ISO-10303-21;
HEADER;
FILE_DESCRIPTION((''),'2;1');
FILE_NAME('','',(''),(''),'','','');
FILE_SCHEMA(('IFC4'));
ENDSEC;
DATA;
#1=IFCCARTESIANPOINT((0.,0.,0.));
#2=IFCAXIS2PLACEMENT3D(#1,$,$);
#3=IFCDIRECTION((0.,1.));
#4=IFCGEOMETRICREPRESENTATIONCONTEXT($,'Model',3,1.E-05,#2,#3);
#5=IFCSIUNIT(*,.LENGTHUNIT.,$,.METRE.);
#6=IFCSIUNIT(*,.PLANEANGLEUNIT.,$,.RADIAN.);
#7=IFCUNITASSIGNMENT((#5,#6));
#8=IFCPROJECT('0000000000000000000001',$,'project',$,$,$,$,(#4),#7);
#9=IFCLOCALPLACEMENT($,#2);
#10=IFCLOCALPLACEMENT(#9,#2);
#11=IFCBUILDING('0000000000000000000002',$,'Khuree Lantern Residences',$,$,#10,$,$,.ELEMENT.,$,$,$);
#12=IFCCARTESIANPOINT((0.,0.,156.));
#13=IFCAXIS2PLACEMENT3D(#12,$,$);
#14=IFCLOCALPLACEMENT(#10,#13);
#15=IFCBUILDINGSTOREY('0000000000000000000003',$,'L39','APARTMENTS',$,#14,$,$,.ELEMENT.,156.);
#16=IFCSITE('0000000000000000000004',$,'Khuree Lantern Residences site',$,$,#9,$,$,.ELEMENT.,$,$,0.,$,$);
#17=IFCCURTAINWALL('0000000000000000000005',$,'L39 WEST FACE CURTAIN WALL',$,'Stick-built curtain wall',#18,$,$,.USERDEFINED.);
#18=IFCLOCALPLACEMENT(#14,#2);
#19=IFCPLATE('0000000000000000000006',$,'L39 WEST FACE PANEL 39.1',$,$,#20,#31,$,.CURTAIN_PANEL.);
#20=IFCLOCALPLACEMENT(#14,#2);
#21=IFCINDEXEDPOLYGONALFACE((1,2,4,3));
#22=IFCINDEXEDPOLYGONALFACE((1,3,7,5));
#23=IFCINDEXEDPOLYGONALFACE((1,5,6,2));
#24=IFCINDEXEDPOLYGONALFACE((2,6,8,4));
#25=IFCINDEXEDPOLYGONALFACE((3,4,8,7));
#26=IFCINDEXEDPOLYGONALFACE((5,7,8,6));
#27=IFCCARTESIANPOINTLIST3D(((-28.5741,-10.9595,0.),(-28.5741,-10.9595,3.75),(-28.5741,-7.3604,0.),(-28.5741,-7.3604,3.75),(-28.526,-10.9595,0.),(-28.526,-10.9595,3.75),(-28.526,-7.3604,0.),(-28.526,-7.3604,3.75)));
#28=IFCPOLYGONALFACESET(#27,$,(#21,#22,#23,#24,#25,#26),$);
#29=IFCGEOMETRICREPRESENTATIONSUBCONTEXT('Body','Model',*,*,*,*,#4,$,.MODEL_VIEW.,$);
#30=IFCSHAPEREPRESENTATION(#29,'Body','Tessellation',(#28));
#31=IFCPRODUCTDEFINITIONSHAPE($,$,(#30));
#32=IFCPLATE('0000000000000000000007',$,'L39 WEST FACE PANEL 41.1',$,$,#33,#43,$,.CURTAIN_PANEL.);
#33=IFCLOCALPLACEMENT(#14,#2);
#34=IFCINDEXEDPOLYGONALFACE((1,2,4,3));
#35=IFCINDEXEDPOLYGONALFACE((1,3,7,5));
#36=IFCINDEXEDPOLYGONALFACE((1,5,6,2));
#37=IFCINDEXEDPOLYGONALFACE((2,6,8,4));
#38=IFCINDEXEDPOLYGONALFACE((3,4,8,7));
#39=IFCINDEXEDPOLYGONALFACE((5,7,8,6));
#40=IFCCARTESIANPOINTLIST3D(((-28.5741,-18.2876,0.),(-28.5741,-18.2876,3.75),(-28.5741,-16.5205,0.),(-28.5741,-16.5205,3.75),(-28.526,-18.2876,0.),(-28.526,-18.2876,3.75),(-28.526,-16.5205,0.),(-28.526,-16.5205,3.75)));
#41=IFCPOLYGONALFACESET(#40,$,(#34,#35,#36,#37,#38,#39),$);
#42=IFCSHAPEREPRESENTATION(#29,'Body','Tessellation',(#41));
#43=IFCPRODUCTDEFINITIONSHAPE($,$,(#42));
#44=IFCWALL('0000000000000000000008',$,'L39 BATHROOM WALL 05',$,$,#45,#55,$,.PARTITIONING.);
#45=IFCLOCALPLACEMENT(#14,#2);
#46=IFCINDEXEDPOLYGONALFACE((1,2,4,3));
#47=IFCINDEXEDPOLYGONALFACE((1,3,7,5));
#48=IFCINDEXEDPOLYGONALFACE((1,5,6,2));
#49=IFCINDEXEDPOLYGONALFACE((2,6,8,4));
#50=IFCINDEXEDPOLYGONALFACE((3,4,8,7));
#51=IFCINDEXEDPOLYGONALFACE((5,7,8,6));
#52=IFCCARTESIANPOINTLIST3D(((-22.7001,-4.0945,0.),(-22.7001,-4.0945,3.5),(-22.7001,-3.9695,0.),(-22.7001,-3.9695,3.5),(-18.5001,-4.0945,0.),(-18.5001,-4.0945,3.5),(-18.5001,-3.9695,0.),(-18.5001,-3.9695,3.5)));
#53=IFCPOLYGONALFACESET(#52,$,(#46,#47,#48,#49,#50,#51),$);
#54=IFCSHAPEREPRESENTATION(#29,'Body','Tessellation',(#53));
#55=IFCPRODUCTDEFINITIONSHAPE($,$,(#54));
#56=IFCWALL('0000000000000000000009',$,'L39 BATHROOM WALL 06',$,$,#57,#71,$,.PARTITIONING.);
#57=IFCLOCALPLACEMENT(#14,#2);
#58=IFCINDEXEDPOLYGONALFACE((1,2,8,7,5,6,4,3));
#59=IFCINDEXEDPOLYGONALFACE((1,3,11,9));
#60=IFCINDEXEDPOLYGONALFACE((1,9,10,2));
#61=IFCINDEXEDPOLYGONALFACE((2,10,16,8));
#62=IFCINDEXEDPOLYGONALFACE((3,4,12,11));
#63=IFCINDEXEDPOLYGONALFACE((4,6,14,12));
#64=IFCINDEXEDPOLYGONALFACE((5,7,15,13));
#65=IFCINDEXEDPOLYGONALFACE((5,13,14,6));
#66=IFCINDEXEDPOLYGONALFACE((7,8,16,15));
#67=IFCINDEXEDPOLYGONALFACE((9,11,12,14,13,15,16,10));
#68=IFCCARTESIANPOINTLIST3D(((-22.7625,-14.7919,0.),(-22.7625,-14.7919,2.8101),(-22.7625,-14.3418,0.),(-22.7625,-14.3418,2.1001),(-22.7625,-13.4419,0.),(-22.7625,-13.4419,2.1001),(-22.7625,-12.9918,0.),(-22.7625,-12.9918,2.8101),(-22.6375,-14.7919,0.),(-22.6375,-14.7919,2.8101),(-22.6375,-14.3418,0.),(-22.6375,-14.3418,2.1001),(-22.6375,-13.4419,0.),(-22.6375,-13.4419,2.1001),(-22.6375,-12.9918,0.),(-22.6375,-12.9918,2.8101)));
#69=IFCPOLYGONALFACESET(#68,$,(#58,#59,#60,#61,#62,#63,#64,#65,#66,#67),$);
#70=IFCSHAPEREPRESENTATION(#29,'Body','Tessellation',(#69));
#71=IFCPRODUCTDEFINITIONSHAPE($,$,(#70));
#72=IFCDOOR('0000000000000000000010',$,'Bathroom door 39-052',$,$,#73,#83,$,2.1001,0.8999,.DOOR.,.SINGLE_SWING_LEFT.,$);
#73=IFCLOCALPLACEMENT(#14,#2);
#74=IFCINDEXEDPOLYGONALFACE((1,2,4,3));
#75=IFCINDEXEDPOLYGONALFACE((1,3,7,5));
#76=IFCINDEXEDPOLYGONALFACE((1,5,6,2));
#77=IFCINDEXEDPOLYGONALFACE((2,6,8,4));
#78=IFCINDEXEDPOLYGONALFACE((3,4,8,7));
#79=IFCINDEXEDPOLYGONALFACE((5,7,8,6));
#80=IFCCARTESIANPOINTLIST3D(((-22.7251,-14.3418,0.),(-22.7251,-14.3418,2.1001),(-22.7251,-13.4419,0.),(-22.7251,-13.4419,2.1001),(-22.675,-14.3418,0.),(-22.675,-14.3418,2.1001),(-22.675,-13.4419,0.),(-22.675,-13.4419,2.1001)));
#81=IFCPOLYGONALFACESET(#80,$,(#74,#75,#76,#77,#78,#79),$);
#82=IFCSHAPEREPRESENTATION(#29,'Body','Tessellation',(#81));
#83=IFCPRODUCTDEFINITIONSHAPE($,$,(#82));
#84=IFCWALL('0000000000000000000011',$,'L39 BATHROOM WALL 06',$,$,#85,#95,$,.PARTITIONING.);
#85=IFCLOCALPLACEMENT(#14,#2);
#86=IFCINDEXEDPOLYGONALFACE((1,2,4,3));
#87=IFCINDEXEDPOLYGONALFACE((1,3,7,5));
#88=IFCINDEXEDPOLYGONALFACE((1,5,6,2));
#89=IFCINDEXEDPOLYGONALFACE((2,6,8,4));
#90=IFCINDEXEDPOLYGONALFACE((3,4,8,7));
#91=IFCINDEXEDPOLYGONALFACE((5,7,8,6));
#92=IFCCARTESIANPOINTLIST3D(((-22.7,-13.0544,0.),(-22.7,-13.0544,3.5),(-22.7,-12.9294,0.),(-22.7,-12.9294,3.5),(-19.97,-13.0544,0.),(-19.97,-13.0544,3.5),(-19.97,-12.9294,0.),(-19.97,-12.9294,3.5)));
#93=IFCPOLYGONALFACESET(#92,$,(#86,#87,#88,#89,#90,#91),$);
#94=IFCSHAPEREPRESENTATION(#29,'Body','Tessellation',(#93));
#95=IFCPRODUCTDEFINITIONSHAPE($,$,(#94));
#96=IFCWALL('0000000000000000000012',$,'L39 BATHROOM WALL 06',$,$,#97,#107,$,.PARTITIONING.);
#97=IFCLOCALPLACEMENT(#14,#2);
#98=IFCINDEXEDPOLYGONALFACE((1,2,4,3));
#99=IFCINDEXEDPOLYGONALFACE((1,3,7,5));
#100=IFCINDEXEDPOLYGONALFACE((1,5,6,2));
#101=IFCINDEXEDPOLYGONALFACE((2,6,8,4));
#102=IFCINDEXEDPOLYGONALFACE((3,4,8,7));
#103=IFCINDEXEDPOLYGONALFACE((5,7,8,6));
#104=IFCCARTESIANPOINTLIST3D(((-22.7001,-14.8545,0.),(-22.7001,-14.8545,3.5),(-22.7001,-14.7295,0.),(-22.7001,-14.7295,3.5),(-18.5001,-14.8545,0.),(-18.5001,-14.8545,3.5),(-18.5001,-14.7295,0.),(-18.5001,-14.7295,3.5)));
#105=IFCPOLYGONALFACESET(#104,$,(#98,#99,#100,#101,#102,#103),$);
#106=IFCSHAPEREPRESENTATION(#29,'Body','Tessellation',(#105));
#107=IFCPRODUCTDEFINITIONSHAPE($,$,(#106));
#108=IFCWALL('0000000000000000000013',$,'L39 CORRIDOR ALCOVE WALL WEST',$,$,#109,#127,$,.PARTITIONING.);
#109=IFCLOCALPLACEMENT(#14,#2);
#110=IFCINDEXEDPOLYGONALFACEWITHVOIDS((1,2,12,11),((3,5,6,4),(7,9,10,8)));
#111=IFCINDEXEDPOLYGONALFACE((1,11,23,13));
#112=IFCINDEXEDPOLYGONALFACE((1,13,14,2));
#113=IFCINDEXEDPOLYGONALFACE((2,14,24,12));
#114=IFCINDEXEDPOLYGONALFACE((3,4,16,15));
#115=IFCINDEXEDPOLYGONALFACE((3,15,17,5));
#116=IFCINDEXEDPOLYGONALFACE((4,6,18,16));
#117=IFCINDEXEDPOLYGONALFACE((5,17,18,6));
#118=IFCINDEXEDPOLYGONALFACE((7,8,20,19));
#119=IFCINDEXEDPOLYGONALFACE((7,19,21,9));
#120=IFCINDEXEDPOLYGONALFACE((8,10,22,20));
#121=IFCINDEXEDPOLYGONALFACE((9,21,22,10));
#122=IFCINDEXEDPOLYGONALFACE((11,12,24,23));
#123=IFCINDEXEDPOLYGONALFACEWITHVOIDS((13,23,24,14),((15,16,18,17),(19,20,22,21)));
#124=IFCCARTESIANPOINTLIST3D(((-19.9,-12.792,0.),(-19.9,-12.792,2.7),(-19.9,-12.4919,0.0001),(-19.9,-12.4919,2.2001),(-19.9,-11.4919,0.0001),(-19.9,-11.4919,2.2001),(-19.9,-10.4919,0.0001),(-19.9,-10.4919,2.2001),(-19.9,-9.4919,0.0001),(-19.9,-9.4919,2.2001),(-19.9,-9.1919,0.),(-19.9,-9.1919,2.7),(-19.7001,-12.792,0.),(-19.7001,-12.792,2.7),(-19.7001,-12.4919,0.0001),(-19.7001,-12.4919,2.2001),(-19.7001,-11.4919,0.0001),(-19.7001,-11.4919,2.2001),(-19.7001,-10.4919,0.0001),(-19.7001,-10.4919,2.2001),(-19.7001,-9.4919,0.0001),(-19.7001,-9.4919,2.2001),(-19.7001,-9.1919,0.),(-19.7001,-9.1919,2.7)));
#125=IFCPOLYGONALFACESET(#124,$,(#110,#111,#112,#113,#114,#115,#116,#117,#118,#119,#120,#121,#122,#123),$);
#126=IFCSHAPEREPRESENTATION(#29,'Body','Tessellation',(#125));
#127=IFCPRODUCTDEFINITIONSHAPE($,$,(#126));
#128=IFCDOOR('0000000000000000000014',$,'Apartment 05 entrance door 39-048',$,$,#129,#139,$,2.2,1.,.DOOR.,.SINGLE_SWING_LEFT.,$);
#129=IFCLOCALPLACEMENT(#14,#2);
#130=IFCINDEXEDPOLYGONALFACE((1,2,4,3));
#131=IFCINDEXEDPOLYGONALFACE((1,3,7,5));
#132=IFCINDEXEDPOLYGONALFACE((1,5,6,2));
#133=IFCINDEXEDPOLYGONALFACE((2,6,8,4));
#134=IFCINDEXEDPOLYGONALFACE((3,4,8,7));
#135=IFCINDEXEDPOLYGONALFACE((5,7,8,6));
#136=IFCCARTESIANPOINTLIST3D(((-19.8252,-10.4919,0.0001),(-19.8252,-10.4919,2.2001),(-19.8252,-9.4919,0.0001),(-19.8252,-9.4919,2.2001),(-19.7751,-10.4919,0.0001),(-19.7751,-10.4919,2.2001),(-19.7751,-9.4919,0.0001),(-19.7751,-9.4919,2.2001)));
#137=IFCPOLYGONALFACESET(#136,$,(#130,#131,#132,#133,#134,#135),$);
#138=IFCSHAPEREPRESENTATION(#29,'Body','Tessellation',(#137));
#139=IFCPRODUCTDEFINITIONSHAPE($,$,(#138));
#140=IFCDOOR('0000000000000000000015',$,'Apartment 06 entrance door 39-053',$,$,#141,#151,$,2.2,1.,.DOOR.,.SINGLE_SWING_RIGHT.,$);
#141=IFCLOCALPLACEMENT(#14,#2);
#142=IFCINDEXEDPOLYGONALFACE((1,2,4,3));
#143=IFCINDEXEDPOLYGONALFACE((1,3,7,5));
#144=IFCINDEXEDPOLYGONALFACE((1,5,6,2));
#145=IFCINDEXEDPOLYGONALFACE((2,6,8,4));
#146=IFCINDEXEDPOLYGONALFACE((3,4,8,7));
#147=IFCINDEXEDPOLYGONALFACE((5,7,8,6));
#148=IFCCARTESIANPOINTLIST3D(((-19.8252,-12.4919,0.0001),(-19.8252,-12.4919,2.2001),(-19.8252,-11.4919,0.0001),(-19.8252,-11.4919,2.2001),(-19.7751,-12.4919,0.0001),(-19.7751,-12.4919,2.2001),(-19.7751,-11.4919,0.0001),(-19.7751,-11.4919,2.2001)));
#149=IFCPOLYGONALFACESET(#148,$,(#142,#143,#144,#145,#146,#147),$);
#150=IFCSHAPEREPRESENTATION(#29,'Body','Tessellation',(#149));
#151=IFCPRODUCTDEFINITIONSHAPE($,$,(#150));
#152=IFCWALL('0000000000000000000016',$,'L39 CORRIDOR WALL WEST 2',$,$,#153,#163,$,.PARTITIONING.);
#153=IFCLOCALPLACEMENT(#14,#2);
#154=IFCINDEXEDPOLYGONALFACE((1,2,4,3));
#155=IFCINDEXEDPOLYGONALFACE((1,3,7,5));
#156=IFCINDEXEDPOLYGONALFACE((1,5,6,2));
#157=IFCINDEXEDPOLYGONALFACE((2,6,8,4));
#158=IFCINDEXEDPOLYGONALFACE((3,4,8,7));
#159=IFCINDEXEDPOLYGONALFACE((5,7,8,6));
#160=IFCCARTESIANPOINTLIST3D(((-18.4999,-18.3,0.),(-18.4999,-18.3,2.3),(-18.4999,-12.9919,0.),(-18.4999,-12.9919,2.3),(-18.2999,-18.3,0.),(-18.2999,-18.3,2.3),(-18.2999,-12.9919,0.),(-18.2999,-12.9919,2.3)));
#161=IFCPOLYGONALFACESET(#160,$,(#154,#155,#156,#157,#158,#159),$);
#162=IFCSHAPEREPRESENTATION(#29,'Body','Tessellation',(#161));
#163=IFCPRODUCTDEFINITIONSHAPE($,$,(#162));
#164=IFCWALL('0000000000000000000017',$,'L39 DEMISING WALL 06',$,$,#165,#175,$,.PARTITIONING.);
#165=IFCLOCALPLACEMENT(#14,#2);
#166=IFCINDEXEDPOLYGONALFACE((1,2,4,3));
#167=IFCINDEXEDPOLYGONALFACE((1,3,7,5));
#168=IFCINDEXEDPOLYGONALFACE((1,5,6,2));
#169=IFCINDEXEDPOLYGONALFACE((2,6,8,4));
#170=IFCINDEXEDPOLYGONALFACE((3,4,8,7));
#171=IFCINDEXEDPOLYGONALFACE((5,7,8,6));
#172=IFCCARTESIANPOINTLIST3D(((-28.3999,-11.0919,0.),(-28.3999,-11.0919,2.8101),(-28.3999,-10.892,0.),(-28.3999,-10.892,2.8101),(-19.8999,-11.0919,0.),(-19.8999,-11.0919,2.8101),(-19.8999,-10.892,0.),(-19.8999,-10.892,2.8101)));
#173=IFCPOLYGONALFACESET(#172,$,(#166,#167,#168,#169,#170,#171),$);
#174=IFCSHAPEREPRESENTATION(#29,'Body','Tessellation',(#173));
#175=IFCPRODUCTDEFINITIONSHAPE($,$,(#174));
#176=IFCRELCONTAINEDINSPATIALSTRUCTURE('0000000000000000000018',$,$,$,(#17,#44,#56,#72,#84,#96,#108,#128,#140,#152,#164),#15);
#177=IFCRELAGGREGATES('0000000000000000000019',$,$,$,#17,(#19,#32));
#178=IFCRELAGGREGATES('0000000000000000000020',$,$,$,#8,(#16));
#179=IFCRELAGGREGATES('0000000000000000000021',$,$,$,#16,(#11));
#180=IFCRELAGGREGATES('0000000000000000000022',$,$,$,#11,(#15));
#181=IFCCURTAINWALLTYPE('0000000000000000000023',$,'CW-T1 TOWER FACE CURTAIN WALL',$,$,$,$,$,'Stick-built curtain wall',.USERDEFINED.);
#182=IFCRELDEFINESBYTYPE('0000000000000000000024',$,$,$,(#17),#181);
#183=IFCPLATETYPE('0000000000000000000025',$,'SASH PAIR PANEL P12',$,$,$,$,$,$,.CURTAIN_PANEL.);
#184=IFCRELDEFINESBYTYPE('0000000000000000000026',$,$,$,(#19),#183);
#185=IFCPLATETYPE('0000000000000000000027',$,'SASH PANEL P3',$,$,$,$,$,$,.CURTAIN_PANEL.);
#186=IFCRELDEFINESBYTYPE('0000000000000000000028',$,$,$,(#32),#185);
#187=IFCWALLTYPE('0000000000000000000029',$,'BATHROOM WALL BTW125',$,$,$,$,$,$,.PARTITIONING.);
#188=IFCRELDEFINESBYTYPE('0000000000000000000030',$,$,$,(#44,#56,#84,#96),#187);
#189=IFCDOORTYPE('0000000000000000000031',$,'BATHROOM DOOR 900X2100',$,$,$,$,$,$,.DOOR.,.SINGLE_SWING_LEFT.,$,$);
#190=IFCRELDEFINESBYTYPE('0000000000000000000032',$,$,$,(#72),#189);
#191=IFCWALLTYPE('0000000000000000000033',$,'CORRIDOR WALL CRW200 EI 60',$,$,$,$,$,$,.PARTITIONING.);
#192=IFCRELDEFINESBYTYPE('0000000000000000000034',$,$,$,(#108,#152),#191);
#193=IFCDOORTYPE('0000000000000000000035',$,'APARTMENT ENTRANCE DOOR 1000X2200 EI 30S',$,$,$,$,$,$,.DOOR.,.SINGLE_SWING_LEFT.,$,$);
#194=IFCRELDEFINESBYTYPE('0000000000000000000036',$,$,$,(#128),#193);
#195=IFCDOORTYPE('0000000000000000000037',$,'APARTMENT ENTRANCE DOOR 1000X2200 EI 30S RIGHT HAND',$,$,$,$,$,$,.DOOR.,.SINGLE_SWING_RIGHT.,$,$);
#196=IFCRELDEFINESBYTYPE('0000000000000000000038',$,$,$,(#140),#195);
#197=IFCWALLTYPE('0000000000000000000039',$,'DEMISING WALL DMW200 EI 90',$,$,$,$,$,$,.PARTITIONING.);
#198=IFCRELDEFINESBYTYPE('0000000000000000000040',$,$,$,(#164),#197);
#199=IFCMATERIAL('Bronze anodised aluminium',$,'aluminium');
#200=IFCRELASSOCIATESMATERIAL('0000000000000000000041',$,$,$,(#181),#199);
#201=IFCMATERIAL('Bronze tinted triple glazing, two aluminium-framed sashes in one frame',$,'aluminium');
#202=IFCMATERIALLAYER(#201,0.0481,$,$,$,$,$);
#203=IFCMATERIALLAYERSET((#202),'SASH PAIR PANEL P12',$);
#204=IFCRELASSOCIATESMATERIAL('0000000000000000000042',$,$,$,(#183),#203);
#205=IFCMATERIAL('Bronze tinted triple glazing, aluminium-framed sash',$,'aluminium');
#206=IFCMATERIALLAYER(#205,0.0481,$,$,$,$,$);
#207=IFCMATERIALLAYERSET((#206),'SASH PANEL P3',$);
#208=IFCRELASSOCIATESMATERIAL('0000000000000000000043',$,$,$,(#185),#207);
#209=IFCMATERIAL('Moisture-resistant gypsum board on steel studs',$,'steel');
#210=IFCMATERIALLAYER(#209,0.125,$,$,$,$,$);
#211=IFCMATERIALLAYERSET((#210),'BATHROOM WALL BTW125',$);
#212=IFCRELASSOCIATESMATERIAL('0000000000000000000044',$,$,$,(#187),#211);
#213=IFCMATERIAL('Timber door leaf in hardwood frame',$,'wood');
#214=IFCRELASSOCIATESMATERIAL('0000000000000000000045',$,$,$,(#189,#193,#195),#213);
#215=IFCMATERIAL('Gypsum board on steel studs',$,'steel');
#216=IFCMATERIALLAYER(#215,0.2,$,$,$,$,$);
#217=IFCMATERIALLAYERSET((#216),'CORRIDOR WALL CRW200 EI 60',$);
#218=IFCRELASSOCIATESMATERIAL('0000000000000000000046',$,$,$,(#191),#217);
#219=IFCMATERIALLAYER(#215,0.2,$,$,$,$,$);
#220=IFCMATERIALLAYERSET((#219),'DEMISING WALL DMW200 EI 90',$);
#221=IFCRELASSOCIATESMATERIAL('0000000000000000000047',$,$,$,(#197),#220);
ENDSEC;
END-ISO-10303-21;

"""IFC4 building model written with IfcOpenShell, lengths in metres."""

from ifc_helpers import new_model, si_unit, direction, frame, frame_2d, origin, origin_2d, place, context, subcontext, project, spatial, rectangle, extrude, material, layer, layer_set, type_object, element, fill, aggregate, save


model = new_model("IFC4")

# Units and contexts
model_context = context("Model", 3, precision=1e-05, world=origin(), true_north=direction((0.0, 1.0)))
body_context = subcontext(model_context, "Body", "Model", "MODEL_VIEW")
ifc_project = project(units=[si_unit("LENGTHUNIT", "METRE"), si_unit("PLANEANGLEUNIT", "RADIAN")], contexts=[model_context])

# Site, building, storey
site_placement = place(None, origin())
site = spatial("IfcSite", under=ifc_project, at=site_placement, Name="Khuree Lantern Residences site", CompositionType="ELEMENT", RefElevation=0.0)
building_placement = place(site_placement, origin())
building = spatial("IfcBuilding", under=site, at=building_placement, Name="Khuree Lantern Residences", CompositionType="ELEMENT")
storey_placement = place(building_placement, frame((0.0, 0.0, 156.0)))
storey = spatial("IfcBuildingStorey", under=building, at=storey_placement, Name="L39", Description="APARTMENTS", CompositionType="ELEMENT", Elevation=156.0)

# Curtain wall
ifc_material_1 = material(Name="Bronze anodised aluminium", Category="aluminium")
curtain_wall_type = type_object("IfcCurtainWallType", Name="CW-T1 TOWER FACE CURTAIN WALL", ElementType="Stick-built curtain wall", PredefinedType="USERDEFINED", material=ifc_material_1)
curtain_wall_placement = place(storey_placement, origin())
curtain_wall = element("IfcCurtainWall", 1, at=curtain_wall_placement, inside=storey, type_object=curtain_wall_type, Name="L39 WEST FACE CURTAIN WALL", ObjectType="Stick-built curtain wall", PredefinedType="USERDEFINED")

# Plates
ifc_material_2 = material(Name="Bronze tinted triple glazing, two aluminium-framed sashes in one frame", Category="aluminium")
ifc_layer_1 = layer(ifc_material_2, 0.0481)
ifc_layer_set_1 = layer_set([ifc_layer_1], Name="SASH PAIR PANEL P12")
plate_type_1 = type_object("IfcPlateType", Name="SASH PAIR PANEL P12", PredefinedType="CURTAIN_PANEL", material=ifc_layer_set_1)
plate_1_placement = place(storey_placement, frame((-28.55, -9.1599, 0.0), z_axis=(0.0, 0.0, 1.0), x_axis=(0.0, -1.0, 0.0)))
plate_1 = element("IfcPlate", 2, at=plate_1_placement, type_object=plate_type_1, Name="L39 WEST FACE PANEL 39.1", PredefinedType="CURTAIN_PANEL", context=body_context, shape_type="SweptSolid", body=[
    extrude(rectangle(XDim=3.5991, YDim=0.0481, at=origin_2d()), origin(), (0.0, 0.0, 1.0), 3.75),
])
ifc_material_3 = material(Name="Bronze tinted triple glazing, aluminium-framed sash", Category="aluminium")
ifc_layer_2 = layer(ifc_material_3, 0.0481)
ifc_layer_set_2 = layer_set([ifc_layer_2], Name="SASH PANEL P3")
plate_type_2 = type_object("IfcPlateType", Name="SASH PANEL P3", PredefinedType="CURTAIN_PANEL", material=ifc_layer_set_2)
plate_2_placement = place(storey_placement, frame((-28.55, -17.4041, 0.0), z_axis=(0.0, 0.0, 1.0), x_axis=(0.0, -1.0, 0.0)))
plate_2 = element("IfcPlate", 3, at=plate_2_placement, type_object=plate_type_2, Name="L39 WEST FACE PANEL 41.1", PredefinedType="CURTAIN_PANEL", context=body_context, shape_type="SweptSolid", body=[
    extrude(rectangle(XDim=1.7671, YDim=0.0481, at=origin_2d()), origin(), (0.0, 0.0, 1.0), 3.75),
])
aggregate(curtain_wall, [plate_1, plate_2])

# Wall
ifc_material_4 = material(Name="Moisture-resistant gypsum board on steel studs", Category="steel")
ifc_layer_3 = layer(ifc_material_4, 0.125)
ifc_layer_set_3 = layer_set([ifc_layer_3], Name="BATHROOM WALL BTW125")
wall_type_1 = type_object("IfcWallType", Name="BATHROOM WALL BTW125", PredefinedType="PARTITIONING", material=ifc_layer_set_3)
wall_1_placement = place(storey_placement, frame((-18.5, -4.032, 0.0), z_axis=(0.0, 0.0, 1.0), x_axis=(-1.0, 0.0, 0.0)))
element("IfcWall", 4, at=wall_1_placement, inside=storey, type_object=wall_type_1, Name="L39 BATHROOM WALL 05", PredefinedType="PARTITIONING", context=body_context, shape_type="SweptSolid", body=[
    extrude(rectangle(XDim=4.2, YDim=0.125, at=frame_2d((2.1001, 0.0))), origin(), (0.0, 0.0, 1.0), 3.5),
])

# Wall, opening, door
wall_2_placement = place(storey_placement, frame((-22.7, -12.9919, 0.0), z_axis=(0.0, 0.0, 1.0), x_axis=(0.0, -1.0, 0.0)))
wall_2 = element("IfcWall", 5, at=wall_2_placement, inside=storey, type_object=wall_type_1, Name="L39 BATHROOM WALL 06", PredefinedType="PARTITIONING", context=body_context, shape_type="SweptSolid", body=[
    extrude(rectangle(XDim=1.8, YDim=0.125, at=frame_2d((0.8999, 0.0))), origin(), (0.0, 0.0, 1.0), 2.8101),
])
opening_1_placement = place(wall_2_placement, frame((0.45, 0.0, 0.0)))
opening_1 = element("IfcOpeningElement", 6, at=opening_1_placement, cuts=wall_2, PredefinedType="OPENING", context=body_context, shape_type="SweptSolid", body=[
    extrude(rectangle(XDim=0.8999, YDim=2.1001, at=frame_2d((0.45, 1.05))), frame((0.0, 0.0725, 0.0), z_axis=(0.0, -1.0, 0.0), x_axis=(1.0, 0.0, 0.0)), (0.0, 0.0, 1.0), 0.145),
])
ifc_material_5 = material(Name="Timber door leaf in hardwood frame", Category="wood")
door_type_1 = type_object("IfcDoorType", Name="BATHROOM DOOR 900X2100", OperationType="SINGLE_SWING_LEFT", PredefinedType="DOOR", material=ifc_material_5)
door_1_placement = place(opening_1_placement, origin())
door_1 = element("IfcDoor", 7, at=door_1_placement, inside=storey, type_object=door_type_1, Name="Bathroom door 39-052", OperationType="SINGLE_SWING_LEFT", OverallHeight=2.1001, OverallWidth=0.8999, PredefinedType="DOOR", context=body_context, shape_type="SweptSolid", body=[
    extrude(rectangle(XDim=0.8999, YDim=2.1001, at=frame_2d((0.45, 1.05))), frame((0.0, 0.0249, 0.0), z_axis=(0.0, -1.0, 0.0), x_axis=(1.0, 0.0, 0.0)), (0.0, 0.0, 1.0), 0.05),
])
fill(opening_1, door_1)

# Walls
wall_3_placement = place(storey_placement, frame((-19.97, -12.9919, 0.0), z_axis=(0.0, 0.0, 1.0), x_axis=(-1.0, 0.0, 0.0)))
element("IfcWall", 8, at=wall_3_placement, inside=storey, type_object=wall_type_1, Name="L39 BATHROOM WALL 06", PredefinedType="PARTITIONING", context=body_context, shape_type="SweptSolid", body=[
    extrude(rectangle(XDim=2.73, YDim=0.125, at=frame_2d((1.365, 0.0))), origin(), (0.0, 0.0, 1.0), 3.5),
])
wall_4_placement = place(storey_placement, frame((-18.5, -14.792, 0.0), z_axis=(0.0, 0.0, 1.0), x_axis=(-1.0, 0.0, 0.0)))
element("IfcWall", 9, at=wall_4_placement, inside=storey, type_object=wall_type_1, Name="L39 BATHROOM WALL 06", PredefinedType="PARTITIONING", context=body_context, shape_type="SweptSolid", body=[
    extrude(rectangle(XDim=4.2, YDim=0.125, at=frame_2d((2.1001, 0.0))), origin(), (0.0, 0.0, 1.0), 3.5),
])

# Wall, openings, doors
ifc_material_6 = material(Name="Gypsum board on steel studs", Category="steel")
ifc_layer_4 = layer(ifc_material_6, 0.2)
ifc_layer_set_4 = layer_set([ifc_layer_4], Name="CORRIDOR WALL CRW200 EI 60")
wall_type_2 = type_object("IfcWallType", Name="CORRIDOR WALL CRW200 EI 60", PredefinedType="PARTITIONING", material=ifc_layer_set_4)
wall_5_placement = place(storey_placement, frame((-19.8, -9.1919, 0.0), z_axis=(0.0, 0.0, 1.0), x_axis=(0.0, -1.0, 0.0)))
wall_5 = element("IfcWall", 10, at=wall_5_placement, inside=storey, type_object=wall_type_2, Name="L39 CORRIDOR ALCOVE WALL WEST", PredefinedType="PARTITIONING", context=body_context, shape_type="SweptSolid", body=[
    extrude(rectangle(XDim=3.6001, YDim=0.2, at=frame_2d((1.8, 0.0))), origin(), (0.0, 0.0, 1.0), 2.7),
])
opening_2_placement = place(wall_5_placement, frame((0.3, 0.0, 0.0)))
opening_2 = element("IfcOpeningElement", 11, at=opening_2_placement, cuts=wall_5, PredefinedType="OPENING", context=body_context, shape_type="SweptSolid", body=[
    extrude(rectangle(XDim=1.0, YDim=2.2, at=frame_2d((0.5, 1.1001))), frame((0.0, 0.1099, 0.0), z_axis=(0.0, -1.0, 0.0), x_axis=(1.0, 0.0, 0.0)), (0.0, 0.0, 1.0), 0.22),
])
opening_3_placement = place(wall_5_placement, frame((2.3, 0.0, 0.0)))
opening_3 = element("IfcOpeningElement", 12, at=opening_3_placement, cuts=wall_5, PredefinedType="OPENING", context=body_context, shape_type="SweptSolid", body=[
    extrude(rectangle(XDim=1.0, YDim=2.2, at=frame_2d((0.5, 1.1001))), frame((0.0, 0.1099, 0.0), z_axis=(0.0, -1.0, 0.0), x_axis=(1.0, 0.0, 0.0)), (0.0, 0.0, 1.0), 0.22),
])
door_type_2 = type_object("IfcDoorType", Name="APARTMENT ENTRANCE DOOR 1000X2200 EI 30S", OperationType="SINGLE_SWING_LEFT", PredefinedType="DOOR", material=ifc_material_5)
door_2_placement = place(opening_2_placement, origin())
door_2 = element("IfcDoor", 13, at=door_2_placement, inside=storey, type_object=door_type_2, Name="Apartment 05 entrance door 39-048", OperationType="SINGLE_SWING_LEFT", OverallHeight=2.2, OverallWidth=1.0, PredefinedType="DOOR", context=body_context, shape_type="SweptSolid", body=[
    extrude(rectangle(XDim=1.0, YDim=2.2, at=frame_2d((0.5, 1.1001))), frame((0.0, 0.0249, 0.0), z_axis=(0.0, -1.0, 0.0), x_axis=(1.0, 0.0, 0.0)), (0.0, 0.0, 1.0), 0.05),
])
fill(opening_2, door_2)
door_type_3 = type_object("IfcDoorType", Name="APARTMENT ENTRANCE DOOR 1000X2200 EI 30S RIGHT HAND", OperationType="SINGLE_SWING_RIGHT", PredefinedType="DOOR", material=ifc_material_5)
door_3_placement = place(opening_3_placement, origin())
door_3 = element("IfcDoor", 14, at=door_3_placement, inside=storey, type_object=door_type_3, Name="Apartment 06 entrance door 39-053", OperationType="SINGLE_SWING_RIGHT", OverallHeight=2.2, OverallWidth=1.0, PredefinedType="DOOR", context=body_context, shape_type="SweptSolid", body=[
    extrude(rectangle(XDim=1.0, YDim=2.2, at=frame_2d((0.5, 1.1001))), frame((0.0, 0.0249, 0.0), z_axis=(0.0, -1.0, 0.0), x_axis=(1.0, 0.0, 0.0)), (0.0, 0.0, 1.0), 0.05),
])
fill(opening_3, door_3)

# Walls
wall_6_placement = place(storey_placement, frame((-18.3999, -12.9919, 0.0), z_axis=(0.0, 0.0, 1.0), x_axis=(0.0, -1.0, 0.0)))
element("IfcWall", 15, at=wall_6_placement, inside=storey, type_object=wall_type_2, Name="L39 CORRIDOR WALL WEST 2", PredefinedType="PARTITIONING", context=body_context, shape_type="SweptSolid", body=[
    extrude(rectangle(XDim=5.3081, YDim=0.2, at=frame_2d((2.6541, 0.0))), origin(), (0.0, 0.0, 1.0), 2.3),
])
ifc_layer_5 = layer(ifc_material_6, 0.2)
ifc_layer_set_5 = layer_set([ifc_layer_5], Name="DEMISING WALL DMW200 EI 90")
wall_type_3 = type_object("IfcWallType", Name="DEMISING WALL DMW200 EI 90", PredefinedType="PARTITIONING", material=ifc_layer_set_5)
wall_7_placement = place(storey_placement, frame((-19.8999, -10.9919, 0.0), z_axis=(0.0, 0.0, 1.0), x_axis=(-1.0, 0.0, 0.0)))
element("IfcWall", 16, at=wall_7_placement, inside=storey, type_object=wall_type_3, Name="L39 DEMISING WALL 06", PredefinedType="PARTITIONING", context=body_context, shape_type="SweptSolid", body=[
    extrude(rectangle(XDim=8.5, YDim=0.2, at=frame_2d((4.25, 0.0))), origin(), (0.0, 0.0, 1.0), 2.8101),
])

save(model, "model.ifc")
